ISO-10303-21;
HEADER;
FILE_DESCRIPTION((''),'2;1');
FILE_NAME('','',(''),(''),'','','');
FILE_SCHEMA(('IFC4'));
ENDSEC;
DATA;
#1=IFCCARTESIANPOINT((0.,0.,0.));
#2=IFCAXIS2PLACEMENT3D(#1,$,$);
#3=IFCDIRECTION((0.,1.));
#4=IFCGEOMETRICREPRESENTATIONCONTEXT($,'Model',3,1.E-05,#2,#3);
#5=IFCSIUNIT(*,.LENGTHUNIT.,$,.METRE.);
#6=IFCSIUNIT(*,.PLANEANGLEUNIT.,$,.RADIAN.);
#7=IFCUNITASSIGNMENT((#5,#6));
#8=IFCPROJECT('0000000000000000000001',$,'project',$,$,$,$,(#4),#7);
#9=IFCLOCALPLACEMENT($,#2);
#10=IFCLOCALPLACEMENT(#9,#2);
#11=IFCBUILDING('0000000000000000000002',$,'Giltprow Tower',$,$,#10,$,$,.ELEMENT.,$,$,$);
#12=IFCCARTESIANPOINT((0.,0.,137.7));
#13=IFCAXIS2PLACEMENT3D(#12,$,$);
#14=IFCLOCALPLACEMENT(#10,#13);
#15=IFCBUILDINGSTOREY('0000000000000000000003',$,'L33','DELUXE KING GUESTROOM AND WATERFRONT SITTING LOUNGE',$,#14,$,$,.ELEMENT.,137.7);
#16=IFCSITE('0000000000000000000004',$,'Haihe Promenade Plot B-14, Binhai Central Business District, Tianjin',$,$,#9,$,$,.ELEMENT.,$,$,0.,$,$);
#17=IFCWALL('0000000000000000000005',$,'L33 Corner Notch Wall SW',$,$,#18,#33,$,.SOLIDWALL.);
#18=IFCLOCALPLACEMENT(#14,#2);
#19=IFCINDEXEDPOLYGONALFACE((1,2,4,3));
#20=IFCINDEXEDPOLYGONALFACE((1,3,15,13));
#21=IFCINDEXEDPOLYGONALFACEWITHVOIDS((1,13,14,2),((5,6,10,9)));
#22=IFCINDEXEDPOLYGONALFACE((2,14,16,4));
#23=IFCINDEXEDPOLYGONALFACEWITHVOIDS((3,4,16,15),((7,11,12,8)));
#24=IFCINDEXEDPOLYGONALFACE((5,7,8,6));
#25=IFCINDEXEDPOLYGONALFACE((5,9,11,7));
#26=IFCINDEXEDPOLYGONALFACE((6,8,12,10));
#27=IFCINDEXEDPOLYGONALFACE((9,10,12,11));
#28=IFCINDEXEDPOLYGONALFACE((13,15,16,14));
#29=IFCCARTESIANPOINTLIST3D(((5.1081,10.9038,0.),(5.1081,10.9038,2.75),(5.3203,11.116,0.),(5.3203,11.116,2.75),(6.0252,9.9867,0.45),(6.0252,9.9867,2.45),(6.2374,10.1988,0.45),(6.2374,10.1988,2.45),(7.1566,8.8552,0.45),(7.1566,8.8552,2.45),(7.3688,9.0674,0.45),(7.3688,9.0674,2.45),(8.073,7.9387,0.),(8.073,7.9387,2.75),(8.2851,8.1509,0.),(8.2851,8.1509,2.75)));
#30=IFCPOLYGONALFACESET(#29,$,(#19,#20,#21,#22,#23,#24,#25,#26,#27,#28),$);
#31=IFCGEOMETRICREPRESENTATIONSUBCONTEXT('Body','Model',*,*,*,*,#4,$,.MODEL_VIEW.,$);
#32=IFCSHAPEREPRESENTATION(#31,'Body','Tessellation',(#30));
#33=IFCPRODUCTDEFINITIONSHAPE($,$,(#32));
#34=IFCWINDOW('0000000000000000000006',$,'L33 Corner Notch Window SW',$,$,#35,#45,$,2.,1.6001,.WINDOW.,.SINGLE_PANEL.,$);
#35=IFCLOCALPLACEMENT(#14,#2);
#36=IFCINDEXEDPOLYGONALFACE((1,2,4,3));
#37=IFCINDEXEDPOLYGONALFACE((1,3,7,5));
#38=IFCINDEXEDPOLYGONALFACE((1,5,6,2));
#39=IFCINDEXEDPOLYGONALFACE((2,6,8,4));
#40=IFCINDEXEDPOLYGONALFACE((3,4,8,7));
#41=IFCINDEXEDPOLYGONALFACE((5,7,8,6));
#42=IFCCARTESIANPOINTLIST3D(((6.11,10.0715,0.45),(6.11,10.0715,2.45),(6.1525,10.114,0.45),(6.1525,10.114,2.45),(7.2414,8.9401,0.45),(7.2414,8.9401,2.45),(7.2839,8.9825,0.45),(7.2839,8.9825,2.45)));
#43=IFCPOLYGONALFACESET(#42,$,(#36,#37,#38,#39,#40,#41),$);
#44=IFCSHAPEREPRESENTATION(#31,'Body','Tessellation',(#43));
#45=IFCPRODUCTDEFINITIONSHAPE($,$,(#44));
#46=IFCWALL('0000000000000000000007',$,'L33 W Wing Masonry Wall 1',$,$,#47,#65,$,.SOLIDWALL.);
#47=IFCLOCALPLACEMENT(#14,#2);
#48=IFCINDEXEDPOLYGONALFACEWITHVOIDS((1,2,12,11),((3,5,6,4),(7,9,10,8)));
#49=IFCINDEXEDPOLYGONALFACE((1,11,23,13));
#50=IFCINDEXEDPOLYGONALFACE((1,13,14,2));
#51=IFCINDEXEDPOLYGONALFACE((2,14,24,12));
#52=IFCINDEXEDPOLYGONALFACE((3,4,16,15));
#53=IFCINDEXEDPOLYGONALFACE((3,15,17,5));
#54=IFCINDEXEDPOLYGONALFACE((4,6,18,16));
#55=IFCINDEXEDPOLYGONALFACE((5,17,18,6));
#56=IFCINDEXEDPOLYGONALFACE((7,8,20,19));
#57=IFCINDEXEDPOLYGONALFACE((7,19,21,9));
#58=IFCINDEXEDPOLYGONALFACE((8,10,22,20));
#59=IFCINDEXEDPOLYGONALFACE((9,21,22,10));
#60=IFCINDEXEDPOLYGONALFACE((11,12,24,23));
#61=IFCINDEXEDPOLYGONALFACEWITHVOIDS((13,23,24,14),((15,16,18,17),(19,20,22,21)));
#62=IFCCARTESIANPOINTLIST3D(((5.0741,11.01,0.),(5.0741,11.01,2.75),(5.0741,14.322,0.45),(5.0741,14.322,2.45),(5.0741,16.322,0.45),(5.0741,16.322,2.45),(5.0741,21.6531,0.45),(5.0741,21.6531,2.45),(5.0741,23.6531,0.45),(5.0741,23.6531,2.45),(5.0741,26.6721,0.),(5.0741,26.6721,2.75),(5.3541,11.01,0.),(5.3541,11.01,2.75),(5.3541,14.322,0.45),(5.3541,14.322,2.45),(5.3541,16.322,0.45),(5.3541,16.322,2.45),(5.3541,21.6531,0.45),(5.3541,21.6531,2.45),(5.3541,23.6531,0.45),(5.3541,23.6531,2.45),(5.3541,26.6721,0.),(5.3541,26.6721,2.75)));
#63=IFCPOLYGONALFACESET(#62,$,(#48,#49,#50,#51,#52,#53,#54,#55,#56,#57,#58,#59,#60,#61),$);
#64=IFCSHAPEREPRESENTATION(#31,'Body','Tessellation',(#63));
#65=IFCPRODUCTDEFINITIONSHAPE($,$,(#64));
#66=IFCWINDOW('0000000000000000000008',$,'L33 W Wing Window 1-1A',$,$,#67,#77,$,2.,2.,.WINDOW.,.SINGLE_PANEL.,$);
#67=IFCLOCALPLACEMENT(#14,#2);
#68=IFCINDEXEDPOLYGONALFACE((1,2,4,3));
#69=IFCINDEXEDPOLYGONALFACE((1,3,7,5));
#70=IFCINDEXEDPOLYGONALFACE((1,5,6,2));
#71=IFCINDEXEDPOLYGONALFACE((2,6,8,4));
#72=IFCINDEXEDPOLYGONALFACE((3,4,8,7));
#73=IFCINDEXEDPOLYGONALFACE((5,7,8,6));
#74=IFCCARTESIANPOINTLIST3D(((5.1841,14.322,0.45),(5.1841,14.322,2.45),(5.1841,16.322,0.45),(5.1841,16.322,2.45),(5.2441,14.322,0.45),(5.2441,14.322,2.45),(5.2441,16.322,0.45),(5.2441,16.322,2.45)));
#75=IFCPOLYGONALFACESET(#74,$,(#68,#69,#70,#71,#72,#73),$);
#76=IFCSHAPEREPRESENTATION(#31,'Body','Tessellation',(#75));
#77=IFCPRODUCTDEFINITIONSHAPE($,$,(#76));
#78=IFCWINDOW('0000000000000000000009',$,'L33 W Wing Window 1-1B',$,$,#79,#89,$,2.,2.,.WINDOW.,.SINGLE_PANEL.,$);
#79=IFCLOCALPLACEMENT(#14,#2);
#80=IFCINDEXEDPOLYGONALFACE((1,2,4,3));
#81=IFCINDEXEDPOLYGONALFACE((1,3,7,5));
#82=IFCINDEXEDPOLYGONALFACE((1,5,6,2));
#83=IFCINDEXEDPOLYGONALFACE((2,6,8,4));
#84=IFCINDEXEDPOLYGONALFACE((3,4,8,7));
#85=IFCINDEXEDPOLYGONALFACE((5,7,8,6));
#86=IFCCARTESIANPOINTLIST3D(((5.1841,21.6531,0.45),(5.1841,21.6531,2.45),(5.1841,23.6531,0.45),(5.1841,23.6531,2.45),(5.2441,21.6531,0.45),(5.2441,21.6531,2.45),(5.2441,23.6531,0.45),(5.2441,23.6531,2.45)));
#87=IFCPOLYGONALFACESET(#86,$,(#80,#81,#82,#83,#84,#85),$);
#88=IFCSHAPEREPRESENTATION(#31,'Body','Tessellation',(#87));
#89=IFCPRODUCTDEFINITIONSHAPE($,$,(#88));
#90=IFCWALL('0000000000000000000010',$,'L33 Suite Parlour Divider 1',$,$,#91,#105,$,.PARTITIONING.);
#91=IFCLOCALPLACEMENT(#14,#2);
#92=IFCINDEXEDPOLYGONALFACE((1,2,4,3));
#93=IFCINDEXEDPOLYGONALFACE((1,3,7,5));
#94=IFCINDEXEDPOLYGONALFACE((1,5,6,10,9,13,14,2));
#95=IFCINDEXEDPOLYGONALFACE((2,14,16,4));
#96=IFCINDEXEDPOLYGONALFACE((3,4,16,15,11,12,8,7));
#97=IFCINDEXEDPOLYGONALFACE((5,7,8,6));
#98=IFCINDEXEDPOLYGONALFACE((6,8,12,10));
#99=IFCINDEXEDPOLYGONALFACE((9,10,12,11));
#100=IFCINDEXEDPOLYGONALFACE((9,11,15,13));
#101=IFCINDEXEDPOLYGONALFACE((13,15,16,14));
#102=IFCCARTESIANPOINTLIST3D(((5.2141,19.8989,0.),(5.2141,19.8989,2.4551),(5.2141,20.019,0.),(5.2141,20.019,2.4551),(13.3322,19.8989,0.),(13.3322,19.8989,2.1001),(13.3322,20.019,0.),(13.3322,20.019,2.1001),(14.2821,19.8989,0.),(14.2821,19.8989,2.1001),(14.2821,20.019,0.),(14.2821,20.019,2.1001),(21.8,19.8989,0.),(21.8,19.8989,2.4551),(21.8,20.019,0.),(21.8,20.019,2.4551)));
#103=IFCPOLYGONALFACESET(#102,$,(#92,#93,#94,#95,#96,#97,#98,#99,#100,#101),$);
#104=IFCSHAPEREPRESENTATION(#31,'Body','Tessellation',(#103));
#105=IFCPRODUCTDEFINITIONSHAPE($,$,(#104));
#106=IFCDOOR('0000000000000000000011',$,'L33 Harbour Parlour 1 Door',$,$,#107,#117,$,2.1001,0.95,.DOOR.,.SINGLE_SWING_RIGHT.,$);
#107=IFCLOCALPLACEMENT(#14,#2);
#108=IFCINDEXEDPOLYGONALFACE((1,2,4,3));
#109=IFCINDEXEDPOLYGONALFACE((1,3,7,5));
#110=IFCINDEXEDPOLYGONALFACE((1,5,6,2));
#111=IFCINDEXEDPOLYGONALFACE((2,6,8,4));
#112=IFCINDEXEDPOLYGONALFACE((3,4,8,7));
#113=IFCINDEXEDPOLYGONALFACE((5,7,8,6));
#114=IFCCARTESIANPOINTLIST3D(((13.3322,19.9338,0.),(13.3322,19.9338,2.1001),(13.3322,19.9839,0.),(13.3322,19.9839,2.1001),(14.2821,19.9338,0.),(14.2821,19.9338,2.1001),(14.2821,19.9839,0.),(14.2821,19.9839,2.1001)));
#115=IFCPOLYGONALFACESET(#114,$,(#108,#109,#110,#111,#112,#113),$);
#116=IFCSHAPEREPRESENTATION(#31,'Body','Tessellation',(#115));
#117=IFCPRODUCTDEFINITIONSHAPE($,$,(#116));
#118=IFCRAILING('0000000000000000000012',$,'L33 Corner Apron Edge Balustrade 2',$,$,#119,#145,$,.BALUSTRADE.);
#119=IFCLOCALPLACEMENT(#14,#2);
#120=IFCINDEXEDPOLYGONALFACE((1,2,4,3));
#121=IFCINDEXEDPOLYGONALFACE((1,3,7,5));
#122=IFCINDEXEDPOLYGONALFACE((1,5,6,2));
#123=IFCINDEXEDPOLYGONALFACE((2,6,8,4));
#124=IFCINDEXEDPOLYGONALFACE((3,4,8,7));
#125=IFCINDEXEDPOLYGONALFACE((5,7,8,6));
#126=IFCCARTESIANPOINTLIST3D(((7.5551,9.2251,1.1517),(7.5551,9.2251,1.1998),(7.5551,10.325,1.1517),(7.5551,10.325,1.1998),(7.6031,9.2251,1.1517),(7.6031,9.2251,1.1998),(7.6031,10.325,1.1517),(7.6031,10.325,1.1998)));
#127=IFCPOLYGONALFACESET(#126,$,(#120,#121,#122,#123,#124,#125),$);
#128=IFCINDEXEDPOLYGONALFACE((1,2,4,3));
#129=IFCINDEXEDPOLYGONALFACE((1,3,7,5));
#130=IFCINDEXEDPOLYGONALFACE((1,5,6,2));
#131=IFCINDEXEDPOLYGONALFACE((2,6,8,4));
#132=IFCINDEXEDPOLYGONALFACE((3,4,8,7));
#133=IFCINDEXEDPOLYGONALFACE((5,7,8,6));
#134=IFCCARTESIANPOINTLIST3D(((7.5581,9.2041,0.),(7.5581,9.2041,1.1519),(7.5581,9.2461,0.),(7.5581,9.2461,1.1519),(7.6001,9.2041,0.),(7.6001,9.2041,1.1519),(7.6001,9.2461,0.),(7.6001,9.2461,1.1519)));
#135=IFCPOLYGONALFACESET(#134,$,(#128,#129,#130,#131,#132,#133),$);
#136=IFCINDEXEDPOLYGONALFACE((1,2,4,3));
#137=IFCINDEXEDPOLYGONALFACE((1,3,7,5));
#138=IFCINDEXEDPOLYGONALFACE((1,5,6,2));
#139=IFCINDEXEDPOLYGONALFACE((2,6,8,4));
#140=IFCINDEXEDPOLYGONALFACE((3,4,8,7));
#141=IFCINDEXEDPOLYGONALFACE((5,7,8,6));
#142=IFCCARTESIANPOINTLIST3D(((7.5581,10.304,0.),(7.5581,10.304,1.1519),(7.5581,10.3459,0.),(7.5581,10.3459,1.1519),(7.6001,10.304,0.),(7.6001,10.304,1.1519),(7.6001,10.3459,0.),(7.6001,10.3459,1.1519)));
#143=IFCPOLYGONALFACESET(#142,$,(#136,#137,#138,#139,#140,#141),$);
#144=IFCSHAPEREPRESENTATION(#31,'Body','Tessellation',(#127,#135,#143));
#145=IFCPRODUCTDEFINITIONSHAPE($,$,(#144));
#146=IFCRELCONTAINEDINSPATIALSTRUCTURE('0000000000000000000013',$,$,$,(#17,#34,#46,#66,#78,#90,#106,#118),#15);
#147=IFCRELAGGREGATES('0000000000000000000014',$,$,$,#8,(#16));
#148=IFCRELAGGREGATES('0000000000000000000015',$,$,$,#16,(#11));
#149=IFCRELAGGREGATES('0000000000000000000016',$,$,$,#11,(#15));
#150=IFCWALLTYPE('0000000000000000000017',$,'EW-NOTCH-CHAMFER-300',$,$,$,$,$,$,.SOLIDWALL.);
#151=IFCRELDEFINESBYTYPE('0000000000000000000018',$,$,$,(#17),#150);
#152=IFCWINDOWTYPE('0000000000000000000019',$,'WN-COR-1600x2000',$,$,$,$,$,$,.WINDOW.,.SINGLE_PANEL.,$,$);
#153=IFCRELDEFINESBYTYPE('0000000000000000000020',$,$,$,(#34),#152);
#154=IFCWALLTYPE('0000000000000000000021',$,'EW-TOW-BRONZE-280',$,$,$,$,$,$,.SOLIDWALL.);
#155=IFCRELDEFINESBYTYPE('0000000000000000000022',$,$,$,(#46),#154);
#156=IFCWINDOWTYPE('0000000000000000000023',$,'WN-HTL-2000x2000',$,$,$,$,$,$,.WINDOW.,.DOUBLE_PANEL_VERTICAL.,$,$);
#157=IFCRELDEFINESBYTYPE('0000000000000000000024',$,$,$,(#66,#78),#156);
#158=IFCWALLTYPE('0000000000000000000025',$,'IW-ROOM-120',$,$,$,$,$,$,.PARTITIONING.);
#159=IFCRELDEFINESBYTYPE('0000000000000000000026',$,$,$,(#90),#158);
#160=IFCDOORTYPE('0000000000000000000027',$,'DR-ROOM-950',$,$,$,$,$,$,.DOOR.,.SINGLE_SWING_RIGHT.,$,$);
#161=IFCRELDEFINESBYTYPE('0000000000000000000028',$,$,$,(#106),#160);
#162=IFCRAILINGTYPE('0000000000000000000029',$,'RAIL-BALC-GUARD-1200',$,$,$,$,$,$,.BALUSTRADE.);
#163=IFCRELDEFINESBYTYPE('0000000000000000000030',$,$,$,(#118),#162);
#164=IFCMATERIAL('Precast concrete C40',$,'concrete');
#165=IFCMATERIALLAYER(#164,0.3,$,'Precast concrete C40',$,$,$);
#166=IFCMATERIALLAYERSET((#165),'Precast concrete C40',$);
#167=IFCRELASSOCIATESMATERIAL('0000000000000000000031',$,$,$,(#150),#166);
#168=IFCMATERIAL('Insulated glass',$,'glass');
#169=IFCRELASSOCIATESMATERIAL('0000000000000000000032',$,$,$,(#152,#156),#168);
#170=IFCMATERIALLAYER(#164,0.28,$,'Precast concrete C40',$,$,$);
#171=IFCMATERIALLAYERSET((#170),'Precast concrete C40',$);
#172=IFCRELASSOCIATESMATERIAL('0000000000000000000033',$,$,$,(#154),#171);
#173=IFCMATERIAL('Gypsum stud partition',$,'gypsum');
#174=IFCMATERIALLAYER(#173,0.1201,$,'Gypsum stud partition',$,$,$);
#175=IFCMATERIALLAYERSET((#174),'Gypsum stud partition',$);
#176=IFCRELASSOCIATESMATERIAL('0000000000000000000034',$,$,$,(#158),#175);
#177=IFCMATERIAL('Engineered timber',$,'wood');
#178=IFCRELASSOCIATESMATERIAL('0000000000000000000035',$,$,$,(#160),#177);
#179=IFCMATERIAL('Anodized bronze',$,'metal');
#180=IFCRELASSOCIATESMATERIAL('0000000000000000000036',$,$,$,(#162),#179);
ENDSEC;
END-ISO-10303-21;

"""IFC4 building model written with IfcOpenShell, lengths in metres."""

from ifc_helpers import new_model, si_unit, direction, frame, frame_2d, origin, origin_2d, place, context, subcontext, project, spatial, rectangle, extrude, source, transform, mapped, material, layer, layer_set, type_object, element, fill, save


model = new_model("IFC4")

# Units and contexts
model_context = context("Model", 3, precision=1e-05, world=origin(), true_north=direction((0.0, 1.0)))
body_context = subcontext(model_context, "Body", "Model", "MODEL_VIEW")
ifc_project = project(units=[si_unit("LENGTHUNIT", "METRE"), si_unit("PLANEANGLEUNIT", "RADIAN")], contexts=[model_context])

# Site, building, storey
site_placement = place(None, origin())
site = spatial("IfcSite", under=ifc_project, at=site_placement, Name="Haihe Promenade Plot B-14, Binhai Central Business District, Tianjin", CompositionType="ELEMENT", RefElevation=0.0)
building_placement = place(site_placement, origin())
building = spatial("IfcBuilding", under=site, at=building_placement, Name="Giltprow Tower", CompositionType="ELEMENT")
storey_placement = place(building_placement, frame((0.0, 0.0, 137.7)))
storey = spatial("IfcBuildingStorey", under=building, at=storey_placement, Name="L33", Description="DELUXE KING GUESTROOM AND WATERFRONT SITTING LOUNGE", CompositionType="ELEMENT", Elevation=137.7)

# Shared definitions
ifc_material_1 = material(Name="Anodized bronze", Category="metal")
ifc_material_2 = material(Name="Insulated glass", Category="glass")

# Wall, opening, window
ifc_material_3 = material(Name="Precast concrete C40", Category="concrete")
ifc_layer_1 = layer(ifc_material_3, 0.3, Name="Precast concrete C40")
ifc_layer_set_1 = layer_set([ifc_layer_1], Name="Precast concrete C40")
wall_type_1 = type_object("IfcWallType", Name="EW-NOTCH-CHAMFER-300", PredefinedType="SOLIDWALL", material=ifc_layer_set_1)
wall_1_placement = place(storey_placement, frame((5.2141, 11.01, 0.0), z_axis=(0.0, 0.0, 1.0), x_axis=(0.707078, -0.707136, 0.0)))
wall_1 = element("IfcWall", 1, at=wall_1_placement, inside=storey, type_object=wall_type_1, Name="L33 Corner Notch Wall SW", PredefinedType="SOLIDWALL", context=body_context, shape_type="SweptSolid", body=[
    extrude(rectangle(XDim=4.1931, YDim=0.3, at=frame_2d((2.0967, 0.0))), origin(), (0.0, 0.0, 1.0), 2.75),
])
opening_1_placement = place(wall_1_placement, frame((1.2971, 0.0, 0.45)))
opening_1 = element("IfcOpeningElement", 2, at=opening_1_placement, cuts=wall_1, PredefinedType="OPENING", context=body_context, shape_type="SweptSolid", body=[
    extrude(rectangle(XDim=1.6001, YDim=2.0, at=frame_2d((0.8, 1.0))), frame((0.0, 0.1599, 0.0), z_axis=(0.0, -1.0, 0.0), x_axis=(1.0, 0.0, 0.0)), (0.0, 0.0, 1.0), 0.3201),
])
window_type_1 = type_object("IfcWindowType", Name="WN-COR-1600x2000", PartitioningType="SINGLE_PANEL", PredefinedType="WINDOW", material=ifc_material_2)
shared_shape_1 = source(origin(), body_context, "Body", "SweptSolid", [
    extrude(rectangle(XDim=1.6001, YDim=2.0, at=frame_2d((0.8, 1.0))), frame((0.0, 0.03, 0.0), z_axis=(0.0, -1.0, 0.0), x_axis=(1.0, 0.0, 0.0)), (0.0, 0.0, 1.0), 0.0601),
])
window_1_placement = place(opening_1_placement, origin())
window_1 = element("IfcWindow", 3, at=window_1_placement, inside=storey, type_object=window_type_1, Name="L33 Corner Notch Window SW", OverallHeight=2.0, OverallWidth=1.6001, PartitioningType="SINGLE_PANEL", PredefinedType="WINDOW", context=body_context, shape_type="MappedRepresentation", body=[
    mapped(shared_shape_1, transform((0.0, 0.0, 0.0), x_axis=(1.0, 0.0, 0.0), y_axis=(0.0, 1.0, 0.0), z_axis=(0.0, 0.0, 1.0), scale=1.0)),
])
fill(opening_1, window_1)

# Wall, openings, windows
ifc_layer_2 = layer(ifc_material_3, 0.28, Name="Precast concrete C40")
ifc_layer_set_2 = layer_set([ifc_layer_2], Name="Precast concrete C40")
wall_type_2 = type_object("IfcWallType", Name="EW-TOW-BRONZE-280", PredefinedType="SOLIDWALL", material=ifc_layer_set_2)
wall_2_placement = place(storey_placement, frame((5.2141, 11.01, 0.0), z_axis=(0.0, 0.0, 1.0), x_axis=(0.0, 1.0, 0.0)))
wall_2 = element("IfcWall", 4, at=wall_2_placement, inside=storey, type_object=wall_type_2, Name="L33 W Wing Masonry Wall 1", PredefinedType="SOLIDWALL", context=body_context, shape_type="SweptSolid", body=[
    extrude(rectangle(XDim=15.6621, YDim=0.28, at=frame_2d((7.8311, 0.0))), origin(), (0.0, 0.0, 1.0), 2.75),
])
opening_2_placement = place(wall_2_placement, frame((3.312, 0.0, 0.45)))
opening_2 = element("IfcOpeningElement", 5, at=opening_2_placement, cuts=wall_2, PredefinedType="OPENING", context=body_context, shape_type="SweptSolid", body=[
    extrude(rectangle(XDim=2.0, YDim=2.0, at=frame_2d((1.0, 1.0))), frame((0.0, 0.1499, 0.0), z_axis=(0.0, -1.0, 0.0), x_axis=(1.0, 0.0, 0.0)), (0.0, 0.0, 1.0), 0.3),
])
opening_3_placement = place(wall_2_placement, frame((10.6431, 0.0, 0.45)))
opening_3 = element("IfcOpeningElement", 6, at=opening_3_placement, cuts=wall_2, PredefinedType="OPENING", context=body_context, shape_type="SweptSolid", body=[
    extrude(rectangle(XDim=2.0, YDim=2.0, at=frame_2d((1.0, 1.0))), frame((0.0, 0.1499, 0.0), z_axis=(0.0, -1.0, 0.0), x_axis=(1.0, 0.0, 0.0)), (0.0, 0.0, 1.0), 0.3),
])
window_type_2 = type_object("IfcWindowType", Name="WN-HTL-2000x2000", PartitioningType="DOUBLE_PANEL_VERTICAL", PredefinedType="WINDOW", material=ifc_material_2)
shared_shape_2 = source(origin(), body_context, "Body", "SweptSolid", [
    extrude(rectangle(XDim=2.0, YDim=2.0, at=frame_2d((1.0, 1.0))), frame((0.0, 0.03, 0.0), z_axis=(0.0, -1.0, 0.0), x_axis=(1.0, 0.0, 0.0)), (0.0, 0.0, 1.0), 0.0601),
])
window_2_placement = place(opening_2_placement, origin())
window_2 = element("IfcWindow", 7, at=window_2_placement, inside=storey, type_object=window_type_2, Name="L33 W Wing Window 1-1A", OverallHeight=2.0, OverallWidth=2.0, PartitioningType="SINGLE_PANEL", PredefinedType="WINDOW", context=body_context, shape_type="MappedRepresentation", body=[
    mapped(shared_shape_2, transform((0.0, 0.0, 0.0), x_axis=(1.0, 0.0, 0.0), y_axis=(0.0, 1.0, 0.0), z_axis=(0.0, 0.0, 1.0), scale=1.0)),
])
fill(opening_2, window_2)
window_3_placement = place(opening_3_placement, origin())
window_3 = element("IfcWindow", 8, at=window_3_placement, inside=storey, type_object=window_type_2, Name="L33 W Wing Window 1-1B", OverallHeight=2.0, OverallWidth=2.0, PartitioningType="SINGLE_PANEL", PredefinedType="WINDOW", context=body_context, shape_type="MappedRepresentation", body=[
    mapped(shared_shape_2, transform((0.0, 0.0, 0.0), x_axis=(1.0, 0.0, 0.0), y_axis=(0.0, 1.0, 0.0), z_axis=(0.0, 0.0, 1.0), scale=1.0)),
])
fill(opening_3, window_3)

# Wall, opening, door
ifc_material_4 = material(Name="Gypsum stud partition", Category="gypsum")
ifc_layer_3 = layer(ifc_material_4, 0.1201, Name="Gypsum stud partition")
ifc_layer_set_3 = layer_set([ifc_layer_3], Name="Gypsum stud partition")
wall_type_3 = type_object("IfcWallType", Name="IW-ROOM-120", PredefinedType="PARTITIONING", material=ifc_layer_set_3)
wall_3_placement = place(storey_placement, frame((5.2141, 19.959, 0.0), z_axis=(0.0, 0.0, 1.0), x_axis=(1.0, 0.0, 0.0)))
wall_3 = element("IfcWall", 9, at=wall_3_placement, inside=storey, type_object=wall_type_3, Name="L33 Suite Parlour Divider 1", PredefinedType="PARTITIONING", context=body_context, shape_type="SweptSolid", body=[
    extrude(rectangle(XDim=16.5859, YDim=0.1201, at=frame_2d((8.293, 0.0))), origin(), (0.0, 0.0, 1.0), 2.4551),
])
opening_4_placement = place(wall_3_placement, frame((8.1179, 0.0, 0.0)))
opening_4 = element("IfcOpeningElement", 10, at=opening_4_placement, cuts=wall_3, PredefinedType="OPENING", context=body_context, shape_type="SweptSolid", body=[
    extrude(rectangle(XDim=0.95, YDim=2.1001, at=frame_2d((0.4751, 1.05))), frame((0.0, 0.0701, 0.0), z_axis=(0.0, -1.0, 0.0), x_axis=(1.0, 0.0, 0.0)), (0.0, 0.0, 1.0), 0.1401),
])
ifc_material_5 = material(Name="Engineered timber", Category="wood")
door_type = type_object("IfcDoorType", Name="DR-ROOM-950", OperationType="SINGLE_SWING_RIGHT", PredefinedType="DOOR", material=ifc_material_5)
shared_shape_3 = source(origin(), body_context, "Body", "SweptSolid", [
    extrude(rectangle(XDim=0.95, YDim=2.1001, at=frame_2d((0.4751, 1.05))), frame((0.0, 0.0249, 0.0), z_axis=(0.0, -1.0, 0.0), x_axis=(1.0, 0.0, 0.0)), (0.0, 0.0, 1.0), 0.05),
])
door_placement = place(opening_4_placement, origin())
door = element("IfcDoor", 11, at=door_placement, inside=storey, type_object=door_type, Name="L33 Harbour Parlour 1 Door", OperationType="SINGLE_SWING_RIGHT", OverallHeight=2.1001, OverallWidth=0.95, PredefinedType="DOOR", context=body_context, shape_type="MappedRepresentation", body=[
    mapped(shared_shape_3, transform((0.0, 0.0, 0.0), x_axis=(1.0, 0.0, 0.0), y_axis=(0.0, 1.0, 0.0), z_axis=(0.0, 0.0, 1.0), scale=1.0)),
])
fill(opening_4, door)

# Railing
railing_type = type_object("IfcRailingType", Name="RAIL-BALC-GUARD-1200", PredefinedType="BALUSTRADE", material=ifc_material_1)
railing_1_placement = place(storey_placement, frame((7.5791, 9.2251, 0.0)))
element("IfcRailing", 12, at=railing_1_placement, inside=storey, type_object=railing_type, Name="L33 Corner Apron Edge Balustrade 2", PredefinedType="BALUSTRADE", context=body_context, shape_type="SweptSolid", body=[
    extrude(rectangle(XDim=0.0481, YDim=0.0481, at=origin_2d()), frame((0.0, 0.0, 1.1758), z_axis=(0.0, 1.0, 0.0), x_axis=(-1.0, 0.0, 0.0)), (0.0, 0.0, 1.0), 1.0999),
    extrude(rectangle(XDim=0.042, YDim=0.042, at=origin_2d()), origin(), (0.0, 0.0, 1.0), 1.1519),
    extrude(rectangle(XDim=0.042, YDim=0.042, at=origin_2d()), frame((0.0, 1.0999, 0.0)), (0.0, 0.0, 1.0), 1.1519),
])

save(model, "model.ifc")
